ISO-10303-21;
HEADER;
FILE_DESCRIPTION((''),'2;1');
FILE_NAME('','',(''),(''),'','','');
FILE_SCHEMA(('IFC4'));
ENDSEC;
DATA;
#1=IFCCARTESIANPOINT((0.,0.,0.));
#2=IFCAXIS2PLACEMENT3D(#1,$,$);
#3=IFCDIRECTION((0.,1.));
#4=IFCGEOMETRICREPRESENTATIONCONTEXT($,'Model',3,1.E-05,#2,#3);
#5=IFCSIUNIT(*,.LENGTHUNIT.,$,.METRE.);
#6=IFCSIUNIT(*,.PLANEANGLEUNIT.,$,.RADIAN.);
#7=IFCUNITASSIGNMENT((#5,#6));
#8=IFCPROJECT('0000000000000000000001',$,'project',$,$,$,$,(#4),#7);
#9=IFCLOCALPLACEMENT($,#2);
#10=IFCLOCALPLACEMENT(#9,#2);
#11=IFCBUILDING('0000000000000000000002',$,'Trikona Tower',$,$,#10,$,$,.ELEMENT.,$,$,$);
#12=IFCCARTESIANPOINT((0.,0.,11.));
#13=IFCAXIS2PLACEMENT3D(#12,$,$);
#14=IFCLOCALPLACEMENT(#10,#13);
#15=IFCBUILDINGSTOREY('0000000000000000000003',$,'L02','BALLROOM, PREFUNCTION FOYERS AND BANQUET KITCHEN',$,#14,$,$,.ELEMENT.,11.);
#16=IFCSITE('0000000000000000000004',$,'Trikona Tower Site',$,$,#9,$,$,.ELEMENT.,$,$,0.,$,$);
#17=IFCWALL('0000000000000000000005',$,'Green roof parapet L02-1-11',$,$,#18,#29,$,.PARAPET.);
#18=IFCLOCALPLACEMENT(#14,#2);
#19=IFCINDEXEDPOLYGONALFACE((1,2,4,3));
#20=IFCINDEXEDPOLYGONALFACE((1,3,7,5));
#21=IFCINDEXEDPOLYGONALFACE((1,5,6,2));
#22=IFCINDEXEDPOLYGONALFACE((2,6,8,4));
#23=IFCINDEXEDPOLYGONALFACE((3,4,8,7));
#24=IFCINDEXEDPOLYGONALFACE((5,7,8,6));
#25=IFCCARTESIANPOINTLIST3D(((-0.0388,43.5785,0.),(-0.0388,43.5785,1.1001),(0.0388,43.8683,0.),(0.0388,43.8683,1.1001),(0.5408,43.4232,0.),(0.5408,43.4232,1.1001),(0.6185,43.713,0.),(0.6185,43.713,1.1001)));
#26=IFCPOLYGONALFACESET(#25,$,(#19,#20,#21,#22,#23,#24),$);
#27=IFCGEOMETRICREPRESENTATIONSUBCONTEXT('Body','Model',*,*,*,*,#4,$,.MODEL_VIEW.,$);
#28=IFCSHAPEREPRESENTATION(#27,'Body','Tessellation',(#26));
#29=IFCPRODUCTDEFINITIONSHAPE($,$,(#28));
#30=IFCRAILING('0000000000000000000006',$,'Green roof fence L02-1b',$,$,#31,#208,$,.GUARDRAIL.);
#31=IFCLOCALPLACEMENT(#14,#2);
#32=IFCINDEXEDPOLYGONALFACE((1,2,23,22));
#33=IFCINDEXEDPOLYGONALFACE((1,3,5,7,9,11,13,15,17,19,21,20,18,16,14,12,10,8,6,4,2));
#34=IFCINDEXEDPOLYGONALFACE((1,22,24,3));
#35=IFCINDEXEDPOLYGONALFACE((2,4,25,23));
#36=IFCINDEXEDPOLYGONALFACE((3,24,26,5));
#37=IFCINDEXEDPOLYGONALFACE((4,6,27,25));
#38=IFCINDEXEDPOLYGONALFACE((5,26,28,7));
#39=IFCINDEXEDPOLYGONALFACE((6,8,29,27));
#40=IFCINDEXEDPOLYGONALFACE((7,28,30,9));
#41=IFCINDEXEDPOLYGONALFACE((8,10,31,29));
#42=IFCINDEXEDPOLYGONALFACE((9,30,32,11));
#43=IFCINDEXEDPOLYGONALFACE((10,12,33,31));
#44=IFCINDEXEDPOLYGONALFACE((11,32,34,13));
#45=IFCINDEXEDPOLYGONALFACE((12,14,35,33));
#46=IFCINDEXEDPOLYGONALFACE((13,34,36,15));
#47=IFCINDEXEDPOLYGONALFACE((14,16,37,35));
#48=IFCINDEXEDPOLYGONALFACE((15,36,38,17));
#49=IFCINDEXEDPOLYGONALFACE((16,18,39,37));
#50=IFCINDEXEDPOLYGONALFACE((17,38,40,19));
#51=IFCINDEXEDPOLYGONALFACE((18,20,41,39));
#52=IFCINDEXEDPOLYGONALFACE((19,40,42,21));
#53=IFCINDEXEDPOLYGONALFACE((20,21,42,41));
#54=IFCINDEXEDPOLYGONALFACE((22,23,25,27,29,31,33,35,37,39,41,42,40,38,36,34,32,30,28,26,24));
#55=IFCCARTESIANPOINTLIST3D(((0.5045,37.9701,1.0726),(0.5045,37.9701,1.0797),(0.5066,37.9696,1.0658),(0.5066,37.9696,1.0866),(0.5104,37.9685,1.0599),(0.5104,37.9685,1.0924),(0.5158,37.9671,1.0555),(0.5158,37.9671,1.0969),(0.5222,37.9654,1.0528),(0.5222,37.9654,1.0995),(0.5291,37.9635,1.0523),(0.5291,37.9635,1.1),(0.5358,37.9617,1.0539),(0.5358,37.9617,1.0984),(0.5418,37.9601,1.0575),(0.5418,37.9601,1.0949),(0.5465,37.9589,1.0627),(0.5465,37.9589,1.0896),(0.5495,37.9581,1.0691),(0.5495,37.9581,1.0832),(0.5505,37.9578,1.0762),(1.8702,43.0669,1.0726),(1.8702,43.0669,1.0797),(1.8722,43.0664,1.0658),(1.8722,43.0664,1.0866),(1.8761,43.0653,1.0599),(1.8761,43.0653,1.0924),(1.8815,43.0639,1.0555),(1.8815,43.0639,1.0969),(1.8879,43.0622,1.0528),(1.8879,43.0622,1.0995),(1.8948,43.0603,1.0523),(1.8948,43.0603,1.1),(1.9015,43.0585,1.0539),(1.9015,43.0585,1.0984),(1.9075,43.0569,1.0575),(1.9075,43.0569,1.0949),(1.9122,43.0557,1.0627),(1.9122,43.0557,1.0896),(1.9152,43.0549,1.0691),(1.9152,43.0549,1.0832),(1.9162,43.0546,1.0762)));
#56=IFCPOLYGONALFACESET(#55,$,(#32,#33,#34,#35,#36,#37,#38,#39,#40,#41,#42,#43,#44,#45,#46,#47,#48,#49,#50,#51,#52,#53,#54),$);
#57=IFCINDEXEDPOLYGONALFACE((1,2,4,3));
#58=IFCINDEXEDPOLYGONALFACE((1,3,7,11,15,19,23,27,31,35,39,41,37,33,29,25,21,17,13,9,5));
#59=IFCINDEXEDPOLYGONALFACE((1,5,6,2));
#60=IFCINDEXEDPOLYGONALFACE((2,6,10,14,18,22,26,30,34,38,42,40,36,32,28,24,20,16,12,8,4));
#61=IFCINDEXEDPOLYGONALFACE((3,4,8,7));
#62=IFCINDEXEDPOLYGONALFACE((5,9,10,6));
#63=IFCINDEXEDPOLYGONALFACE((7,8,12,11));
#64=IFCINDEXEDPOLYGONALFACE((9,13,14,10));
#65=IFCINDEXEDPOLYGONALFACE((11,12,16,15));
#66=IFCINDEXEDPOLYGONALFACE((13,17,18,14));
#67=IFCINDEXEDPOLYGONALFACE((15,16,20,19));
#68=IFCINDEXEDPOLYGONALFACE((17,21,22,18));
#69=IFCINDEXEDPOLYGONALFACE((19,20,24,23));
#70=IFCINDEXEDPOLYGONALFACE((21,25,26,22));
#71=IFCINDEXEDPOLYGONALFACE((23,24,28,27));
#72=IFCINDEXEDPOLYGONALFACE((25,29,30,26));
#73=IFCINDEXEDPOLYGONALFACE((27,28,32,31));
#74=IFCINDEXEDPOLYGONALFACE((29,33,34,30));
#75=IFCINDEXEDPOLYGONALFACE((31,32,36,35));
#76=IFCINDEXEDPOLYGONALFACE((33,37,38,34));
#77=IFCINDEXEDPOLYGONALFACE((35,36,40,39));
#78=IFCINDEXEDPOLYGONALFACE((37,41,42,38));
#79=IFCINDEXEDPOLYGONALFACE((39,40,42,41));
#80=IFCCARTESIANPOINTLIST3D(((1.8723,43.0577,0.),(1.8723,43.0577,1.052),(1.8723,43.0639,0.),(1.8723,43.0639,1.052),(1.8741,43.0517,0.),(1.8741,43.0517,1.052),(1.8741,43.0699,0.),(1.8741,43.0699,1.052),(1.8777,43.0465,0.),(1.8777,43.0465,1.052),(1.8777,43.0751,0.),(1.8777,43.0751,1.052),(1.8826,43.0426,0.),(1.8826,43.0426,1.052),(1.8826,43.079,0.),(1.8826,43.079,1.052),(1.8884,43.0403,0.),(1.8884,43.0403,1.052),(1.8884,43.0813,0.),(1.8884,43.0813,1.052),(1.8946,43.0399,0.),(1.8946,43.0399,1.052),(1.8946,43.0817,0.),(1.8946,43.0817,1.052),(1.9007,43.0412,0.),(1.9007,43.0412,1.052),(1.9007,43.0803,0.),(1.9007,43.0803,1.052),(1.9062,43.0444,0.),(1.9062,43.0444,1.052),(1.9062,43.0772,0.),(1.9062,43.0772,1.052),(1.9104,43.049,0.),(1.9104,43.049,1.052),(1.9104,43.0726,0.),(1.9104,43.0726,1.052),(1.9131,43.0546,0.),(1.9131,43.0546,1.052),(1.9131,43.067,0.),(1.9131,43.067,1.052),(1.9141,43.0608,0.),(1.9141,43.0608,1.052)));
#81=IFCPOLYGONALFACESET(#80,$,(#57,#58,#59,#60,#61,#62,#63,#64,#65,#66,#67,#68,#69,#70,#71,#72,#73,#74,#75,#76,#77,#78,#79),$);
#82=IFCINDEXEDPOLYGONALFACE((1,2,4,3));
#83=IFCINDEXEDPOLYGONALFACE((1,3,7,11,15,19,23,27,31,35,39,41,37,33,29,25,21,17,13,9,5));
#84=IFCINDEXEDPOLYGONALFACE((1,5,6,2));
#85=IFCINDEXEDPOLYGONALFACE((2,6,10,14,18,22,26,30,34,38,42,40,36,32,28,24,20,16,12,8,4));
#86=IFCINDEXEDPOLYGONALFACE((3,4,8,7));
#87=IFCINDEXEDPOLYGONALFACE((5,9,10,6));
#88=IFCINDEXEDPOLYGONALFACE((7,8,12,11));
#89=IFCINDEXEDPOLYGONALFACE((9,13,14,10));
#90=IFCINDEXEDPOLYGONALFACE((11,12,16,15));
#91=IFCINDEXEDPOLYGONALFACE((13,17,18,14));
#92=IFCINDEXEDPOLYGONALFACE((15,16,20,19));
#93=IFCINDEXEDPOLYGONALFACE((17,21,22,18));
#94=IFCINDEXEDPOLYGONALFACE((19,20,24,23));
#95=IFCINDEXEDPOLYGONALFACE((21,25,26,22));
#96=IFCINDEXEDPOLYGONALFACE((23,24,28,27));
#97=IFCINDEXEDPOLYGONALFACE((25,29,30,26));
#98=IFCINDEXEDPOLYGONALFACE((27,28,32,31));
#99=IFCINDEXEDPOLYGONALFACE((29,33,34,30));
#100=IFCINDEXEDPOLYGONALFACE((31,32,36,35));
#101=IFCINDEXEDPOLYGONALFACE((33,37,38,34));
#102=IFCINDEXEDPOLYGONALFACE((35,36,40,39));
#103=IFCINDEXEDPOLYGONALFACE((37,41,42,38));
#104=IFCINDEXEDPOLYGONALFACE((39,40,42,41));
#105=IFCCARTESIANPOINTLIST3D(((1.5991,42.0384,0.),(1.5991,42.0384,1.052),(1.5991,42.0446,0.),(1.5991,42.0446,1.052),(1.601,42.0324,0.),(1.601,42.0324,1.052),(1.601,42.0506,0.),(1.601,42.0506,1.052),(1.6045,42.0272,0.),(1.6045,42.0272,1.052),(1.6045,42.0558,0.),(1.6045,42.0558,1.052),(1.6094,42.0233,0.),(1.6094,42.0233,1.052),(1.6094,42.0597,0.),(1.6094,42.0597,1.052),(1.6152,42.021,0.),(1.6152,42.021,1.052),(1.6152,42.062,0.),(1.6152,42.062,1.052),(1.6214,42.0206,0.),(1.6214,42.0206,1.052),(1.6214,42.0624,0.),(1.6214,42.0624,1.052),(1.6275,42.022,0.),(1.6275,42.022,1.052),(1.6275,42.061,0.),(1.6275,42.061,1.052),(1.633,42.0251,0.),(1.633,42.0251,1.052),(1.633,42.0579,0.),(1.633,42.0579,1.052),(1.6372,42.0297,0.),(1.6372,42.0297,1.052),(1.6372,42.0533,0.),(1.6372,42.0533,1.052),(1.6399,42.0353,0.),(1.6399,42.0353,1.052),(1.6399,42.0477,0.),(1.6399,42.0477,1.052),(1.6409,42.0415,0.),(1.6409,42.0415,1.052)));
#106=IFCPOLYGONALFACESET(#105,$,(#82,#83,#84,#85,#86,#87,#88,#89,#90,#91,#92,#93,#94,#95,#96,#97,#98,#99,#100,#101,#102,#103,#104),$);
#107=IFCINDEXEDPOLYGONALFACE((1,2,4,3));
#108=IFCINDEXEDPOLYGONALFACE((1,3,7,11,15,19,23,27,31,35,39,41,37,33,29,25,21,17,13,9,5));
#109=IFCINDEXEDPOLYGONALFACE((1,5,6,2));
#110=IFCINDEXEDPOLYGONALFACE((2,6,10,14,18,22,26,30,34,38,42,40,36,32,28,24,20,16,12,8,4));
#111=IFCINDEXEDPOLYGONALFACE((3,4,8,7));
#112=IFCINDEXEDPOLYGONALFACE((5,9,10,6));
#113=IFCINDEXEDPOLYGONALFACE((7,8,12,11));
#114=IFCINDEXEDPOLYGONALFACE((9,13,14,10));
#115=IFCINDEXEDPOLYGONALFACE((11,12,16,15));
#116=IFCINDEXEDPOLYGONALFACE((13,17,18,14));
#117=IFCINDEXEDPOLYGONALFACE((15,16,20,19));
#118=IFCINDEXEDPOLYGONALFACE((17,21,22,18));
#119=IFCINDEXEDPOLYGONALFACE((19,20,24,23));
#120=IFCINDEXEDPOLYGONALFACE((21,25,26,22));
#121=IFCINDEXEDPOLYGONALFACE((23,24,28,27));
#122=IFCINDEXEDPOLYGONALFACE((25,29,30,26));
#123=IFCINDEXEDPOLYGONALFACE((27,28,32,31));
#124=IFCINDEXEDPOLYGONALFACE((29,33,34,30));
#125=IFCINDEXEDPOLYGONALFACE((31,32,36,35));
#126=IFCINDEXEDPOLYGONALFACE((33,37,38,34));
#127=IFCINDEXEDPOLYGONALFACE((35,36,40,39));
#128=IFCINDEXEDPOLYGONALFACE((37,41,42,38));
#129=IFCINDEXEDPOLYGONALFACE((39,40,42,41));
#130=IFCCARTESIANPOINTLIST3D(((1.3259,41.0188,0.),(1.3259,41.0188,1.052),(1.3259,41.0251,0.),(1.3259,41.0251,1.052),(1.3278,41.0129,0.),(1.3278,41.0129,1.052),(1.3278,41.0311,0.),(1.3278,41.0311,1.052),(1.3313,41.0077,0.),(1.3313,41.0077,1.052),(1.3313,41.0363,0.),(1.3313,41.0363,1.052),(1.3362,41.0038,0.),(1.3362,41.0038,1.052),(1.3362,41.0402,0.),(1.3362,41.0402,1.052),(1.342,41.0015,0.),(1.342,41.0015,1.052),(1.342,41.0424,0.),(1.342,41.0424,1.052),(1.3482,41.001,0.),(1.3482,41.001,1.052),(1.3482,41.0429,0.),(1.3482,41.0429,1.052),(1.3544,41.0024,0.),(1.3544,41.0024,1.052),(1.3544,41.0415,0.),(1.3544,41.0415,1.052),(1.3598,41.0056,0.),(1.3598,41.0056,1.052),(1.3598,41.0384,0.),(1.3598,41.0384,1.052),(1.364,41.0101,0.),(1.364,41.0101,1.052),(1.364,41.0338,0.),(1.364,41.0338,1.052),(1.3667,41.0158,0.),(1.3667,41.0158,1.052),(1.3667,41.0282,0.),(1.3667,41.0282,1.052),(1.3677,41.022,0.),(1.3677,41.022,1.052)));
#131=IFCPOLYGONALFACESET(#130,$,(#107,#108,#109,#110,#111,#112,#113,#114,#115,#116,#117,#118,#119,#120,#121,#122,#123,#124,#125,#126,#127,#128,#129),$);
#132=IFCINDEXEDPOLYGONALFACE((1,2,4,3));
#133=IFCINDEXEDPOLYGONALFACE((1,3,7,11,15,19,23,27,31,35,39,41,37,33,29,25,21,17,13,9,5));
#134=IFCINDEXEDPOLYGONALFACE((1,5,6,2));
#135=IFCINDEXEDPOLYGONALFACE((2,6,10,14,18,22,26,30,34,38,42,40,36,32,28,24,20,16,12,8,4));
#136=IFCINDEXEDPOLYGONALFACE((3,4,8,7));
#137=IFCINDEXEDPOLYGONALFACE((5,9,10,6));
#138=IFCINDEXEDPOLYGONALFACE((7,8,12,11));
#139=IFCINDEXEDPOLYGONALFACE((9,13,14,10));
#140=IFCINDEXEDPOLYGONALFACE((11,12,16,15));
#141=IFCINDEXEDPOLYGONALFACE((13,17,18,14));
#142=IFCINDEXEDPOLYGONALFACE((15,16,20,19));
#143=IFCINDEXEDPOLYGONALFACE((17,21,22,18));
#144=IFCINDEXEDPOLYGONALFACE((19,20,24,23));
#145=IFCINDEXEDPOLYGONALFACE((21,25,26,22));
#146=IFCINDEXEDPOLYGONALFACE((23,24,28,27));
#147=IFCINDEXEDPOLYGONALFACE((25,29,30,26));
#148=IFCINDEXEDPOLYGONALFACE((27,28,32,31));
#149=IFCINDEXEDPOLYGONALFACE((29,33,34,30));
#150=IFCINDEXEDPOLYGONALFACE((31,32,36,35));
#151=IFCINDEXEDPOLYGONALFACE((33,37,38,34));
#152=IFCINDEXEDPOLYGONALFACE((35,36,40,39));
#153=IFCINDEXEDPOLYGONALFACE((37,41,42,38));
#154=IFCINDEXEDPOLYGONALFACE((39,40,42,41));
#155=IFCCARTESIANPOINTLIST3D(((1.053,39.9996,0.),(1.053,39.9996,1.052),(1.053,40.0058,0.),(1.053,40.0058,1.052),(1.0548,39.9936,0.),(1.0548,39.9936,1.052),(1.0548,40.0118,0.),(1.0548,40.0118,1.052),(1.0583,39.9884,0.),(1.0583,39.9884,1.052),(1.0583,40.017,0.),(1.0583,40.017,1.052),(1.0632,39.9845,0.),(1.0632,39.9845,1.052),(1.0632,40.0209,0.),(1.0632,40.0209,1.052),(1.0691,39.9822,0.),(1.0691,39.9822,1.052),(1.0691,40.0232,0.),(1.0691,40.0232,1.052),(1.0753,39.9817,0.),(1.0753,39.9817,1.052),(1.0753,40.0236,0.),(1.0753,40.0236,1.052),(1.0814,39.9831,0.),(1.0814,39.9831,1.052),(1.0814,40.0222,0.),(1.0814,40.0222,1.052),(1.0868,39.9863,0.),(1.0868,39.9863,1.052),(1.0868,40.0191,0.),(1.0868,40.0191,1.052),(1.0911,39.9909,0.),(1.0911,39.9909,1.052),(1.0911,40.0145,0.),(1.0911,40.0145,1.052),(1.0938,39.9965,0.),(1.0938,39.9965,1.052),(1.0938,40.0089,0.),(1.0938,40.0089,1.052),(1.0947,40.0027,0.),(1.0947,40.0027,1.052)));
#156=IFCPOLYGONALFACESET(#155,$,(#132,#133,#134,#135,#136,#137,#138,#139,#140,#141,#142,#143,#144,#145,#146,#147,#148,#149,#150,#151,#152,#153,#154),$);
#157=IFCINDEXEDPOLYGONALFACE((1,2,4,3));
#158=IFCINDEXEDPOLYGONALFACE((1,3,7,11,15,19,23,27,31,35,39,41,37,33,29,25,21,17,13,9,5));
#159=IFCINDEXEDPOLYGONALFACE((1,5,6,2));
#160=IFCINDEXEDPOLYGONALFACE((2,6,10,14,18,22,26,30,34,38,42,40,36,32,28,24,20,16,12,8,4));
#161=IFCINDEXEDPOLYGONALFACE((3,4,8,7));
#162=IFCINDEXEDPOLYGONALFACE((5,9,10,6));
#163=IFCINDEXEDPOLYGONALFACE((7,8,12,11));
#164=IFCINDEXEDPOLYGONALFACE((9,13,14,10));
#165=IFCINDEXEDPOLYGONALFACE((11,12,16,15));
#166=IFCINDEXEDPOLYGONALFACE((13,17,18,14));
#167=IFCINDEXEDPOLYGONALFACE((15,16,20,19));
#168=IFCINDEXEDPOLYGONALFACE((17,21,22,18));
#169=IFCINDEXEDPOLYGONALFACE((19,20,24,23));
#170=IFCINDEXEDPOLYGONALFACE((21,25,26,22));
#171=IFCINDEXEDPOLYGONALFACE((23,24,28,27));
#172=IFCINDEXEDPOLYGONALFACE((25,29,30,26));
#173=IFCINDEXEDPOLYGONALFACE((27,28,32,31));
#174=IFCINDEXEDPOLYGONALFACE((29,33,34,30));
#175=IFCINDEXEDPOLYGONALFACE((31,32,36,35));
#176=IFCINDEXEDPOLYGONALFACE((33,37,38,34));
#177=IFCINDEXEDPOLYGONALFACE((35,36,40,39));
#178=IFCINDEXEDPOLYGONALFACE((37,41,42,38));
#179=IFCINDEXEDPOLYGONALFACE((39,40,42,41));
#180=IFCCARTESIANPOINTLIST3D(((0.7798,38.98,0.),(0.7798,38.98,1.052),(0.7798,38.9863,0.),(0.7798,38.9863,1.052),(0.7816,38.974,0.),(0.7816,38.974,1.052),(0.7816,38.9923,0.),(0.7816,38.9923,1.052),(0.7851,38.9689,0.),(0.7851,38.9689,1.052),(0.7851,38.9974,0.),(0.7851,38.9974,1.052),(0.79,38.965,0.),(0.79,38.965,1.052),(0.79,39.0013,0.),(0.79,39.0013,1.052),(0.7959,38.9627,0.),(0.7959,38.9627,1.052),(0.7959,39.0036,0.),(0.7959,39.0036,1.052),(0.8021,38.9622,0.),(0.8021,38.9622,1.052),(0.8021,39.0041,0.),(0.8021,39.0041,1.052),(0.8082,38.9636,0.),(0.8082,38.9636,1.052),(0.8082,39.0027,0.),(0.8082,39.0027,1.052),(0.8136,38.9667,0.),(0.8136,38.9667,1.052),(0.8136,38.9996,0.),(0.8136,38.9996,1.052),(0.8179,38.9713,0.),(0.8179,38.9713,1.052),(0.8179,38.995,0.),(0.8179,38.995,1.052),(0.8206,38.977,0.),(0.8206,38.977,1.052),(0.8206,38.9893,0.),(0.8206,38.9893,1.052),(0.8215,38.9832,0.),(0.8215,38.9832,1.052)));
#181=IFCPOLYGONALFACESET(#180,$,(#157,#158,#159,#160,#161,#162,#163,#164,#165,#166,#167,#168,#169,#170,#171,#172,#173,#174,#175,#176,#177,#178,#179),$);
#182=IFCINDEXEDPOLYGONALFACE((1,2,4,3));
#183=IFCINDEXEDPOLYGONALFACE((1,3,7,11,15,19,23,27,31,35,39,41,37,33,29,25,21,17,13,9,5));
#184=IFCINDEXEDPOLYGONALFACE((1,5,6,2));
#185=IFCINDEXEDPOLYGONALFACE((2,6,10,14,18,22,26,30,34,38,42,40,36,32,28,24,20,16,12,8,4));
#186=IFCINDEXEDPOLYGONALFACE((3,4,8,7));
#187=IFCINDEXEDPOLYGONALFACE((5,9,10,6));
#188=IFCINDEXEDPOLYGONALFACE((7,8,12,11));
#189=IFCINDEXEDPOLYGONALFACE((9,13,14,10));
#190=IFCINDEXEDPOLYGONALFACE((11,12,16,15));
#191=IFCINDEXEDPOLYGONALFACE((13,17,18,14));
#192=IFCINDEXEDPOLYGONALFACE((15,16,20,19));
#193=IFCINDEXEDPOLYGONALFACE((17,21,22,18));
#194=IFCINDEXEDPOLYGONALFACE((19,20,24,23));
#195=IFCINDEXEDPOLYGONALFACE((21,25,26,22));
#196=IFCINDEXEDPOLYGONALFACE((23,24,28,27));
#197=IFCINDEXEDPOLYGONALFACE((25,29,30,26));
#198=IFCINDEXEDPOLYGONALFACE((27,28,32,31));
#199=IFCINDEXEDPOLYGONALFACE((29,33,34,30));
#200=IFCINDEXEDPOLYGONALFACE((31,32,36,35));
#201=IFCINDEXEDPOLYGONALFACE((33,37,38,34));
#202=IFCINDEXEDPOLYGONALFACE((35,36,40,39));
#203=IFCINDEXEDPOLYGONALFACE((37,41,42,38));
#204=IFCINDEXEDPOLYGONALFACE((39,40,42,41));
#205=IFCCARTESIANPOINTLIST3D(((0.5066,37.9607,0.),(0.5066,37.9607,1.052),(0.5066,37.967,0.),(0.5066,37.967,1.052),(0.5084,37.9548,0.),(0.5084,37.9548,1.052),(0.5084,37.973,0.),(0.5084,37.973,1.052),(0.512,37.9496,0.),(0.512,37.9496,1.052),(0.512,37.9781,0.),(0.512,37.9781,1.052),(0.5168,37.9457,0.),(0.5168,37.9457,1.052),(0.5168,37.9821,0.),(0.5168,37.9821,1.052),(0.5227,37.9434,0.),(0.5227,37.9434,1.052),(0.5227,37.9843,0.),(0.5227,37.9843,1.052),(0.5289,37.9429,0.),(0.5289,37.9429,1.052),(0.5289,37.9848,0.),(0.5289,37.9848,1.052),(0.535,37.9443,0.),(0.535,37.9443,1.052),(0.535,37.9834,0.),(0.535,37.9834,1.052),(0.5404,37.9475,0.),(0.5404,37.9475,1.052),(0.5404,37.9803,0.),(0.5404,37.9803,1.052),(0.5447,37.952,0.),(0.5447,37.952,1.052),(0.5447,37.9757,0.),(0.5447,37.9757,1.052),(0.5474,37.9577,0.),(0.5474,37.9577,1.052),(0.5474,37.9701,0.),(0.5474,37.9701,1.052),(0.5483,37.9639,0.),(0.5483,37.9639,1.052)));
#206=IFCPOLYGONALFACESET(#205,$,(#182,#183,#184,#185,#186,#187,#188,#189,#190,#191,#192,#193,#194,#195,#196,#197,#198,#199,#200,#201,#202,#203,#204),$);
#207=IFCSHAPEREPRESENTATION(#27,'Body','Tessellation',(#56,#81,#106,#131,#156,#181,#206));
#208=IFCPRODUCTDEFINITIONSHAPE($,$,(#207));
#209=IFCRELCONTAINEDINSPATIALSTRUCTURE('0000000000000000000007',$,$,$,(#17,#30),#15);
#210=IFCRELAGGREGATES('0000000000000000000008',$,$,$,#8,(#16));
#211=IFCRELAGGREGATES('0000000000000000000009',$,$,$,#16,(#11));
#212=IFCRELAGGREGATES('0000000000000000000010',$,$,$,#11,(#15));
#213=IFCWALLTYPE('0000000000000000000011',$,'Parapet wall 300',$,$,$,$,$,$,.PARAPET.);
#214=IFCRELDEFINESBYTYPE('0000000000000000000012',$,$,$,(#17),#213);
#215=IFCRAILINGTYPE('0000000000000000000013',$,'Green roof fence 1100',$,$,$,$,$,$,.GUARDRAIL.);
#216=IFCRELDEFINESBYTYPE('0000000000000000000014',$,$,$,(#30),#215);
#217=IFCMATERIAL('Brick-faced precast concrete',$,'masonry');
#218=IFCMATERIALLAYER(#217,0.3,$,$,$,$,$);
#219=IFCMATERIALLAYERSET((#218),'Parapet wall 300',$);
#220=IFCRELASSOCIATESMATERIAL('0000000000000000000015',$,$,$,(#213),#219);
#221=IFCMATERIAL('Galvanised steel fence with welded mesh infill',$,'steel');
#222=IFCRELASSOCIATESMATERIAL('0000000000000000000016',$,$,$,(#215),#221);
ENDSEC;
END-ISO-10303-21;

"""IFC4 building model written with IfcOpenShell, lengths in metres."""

from ifc_helpers import new_model, si_unit, direction, frame, frame_2d, origin, origin_2d, place, context, subcontext, project, spatial, rectangle, circle, extrude, material, layer, layer_set, type_object, element, save


model = new_model("IFC4")

# Units and contexts
model_context = context("Model", 3, precision=1e-05, world=origin(), true_north=direction((0.0, 1.0)))
body_context = subcontext(model_context, "Body", "Model", "MODEL_VIEW")
ifc_project = project(units=[si_unit("LENGTHUNIT", "METRE"), si_unit("PLANEANGLEUNIT", "RADIAN")], contexts=[model_context])

# Site, building, storey
site_placement = place(None, origin())
site = spatial("IfcSite", under=ifc_project, at=site_placement, Name="Trikona Tower Site", CompositionType="ELEMENT", RefElevation=0.0)
building_placement = place(site_placement, origin())
building = spatial("IfcBuilding", under=site, at=building_placement, Name="Trikona Tower", CompositionType="ELEMENT")
storey_placement = place(building_placement, frame((0.0, 0.0, 11.0)))
storey = spatial("IfcBuildingStorey", under=building, at=storey_placement, Name="L02", Description="BALLROOM, PREFUNCTION FOYERS AND BANQUET KITCHEN", CompositionType="ELEMENT", Elevation=11.0)

# Wall
ifc_material_1 = material(Name="Brick-faced precast concrete", Category="masonry")
ifc_layer_1 = layer(ifc_material_1, 0.3)
ifc_layer_set_1 = layer_set([ifc_layer_1], Name="Parapet wall 300")
wall_type_1 = type_object("IfcWallType", Name="Parapet wall 300", PredefinedType="PARAPET", material=ifc_layer_set_1)
wall_1_placement = place(storey_placement, frame((0.0, 43.7234, 0.0), z_axis=(0.0, 0.0, 1.0), x_axis=(0.965937, -0.258777, 0.0)))
element("IfcWall", 1, at=wall_1_placement, inside=storey, type_object=wall_type_1, Name="Green roof parapet L02-1-11", PredefinedType="PARAPET", context=body_context, shape_type="SweptSolid", body=[
    extrude(rectangle(XDim=0.6001, YDim=0.3, at=frame_2d((0.3, 0.0))), origin(), (0.0, 0.0, 1.0), 1.1001),
])

# Railing
ifc_material_2 = material(Name="Galvanised steel fence with welded mesh infill", Category="steel")
railing_type_1 = type_object("IfcRailingType", Name="Green roof fence 1100", PredefinedType="GUARDRAIL", material=ifc_material_2)
railing_1_placement = place(storey_placement, frame((1.8931, 43.0608, 0.0)))
element("IfcRailing", 2, at=railing_1_placement, inside=storey, type_object=railing_type_1, Name="Green roof fence L02-1b", PredefinedType="GUARDRAIL", context=body_context, shape_type="SweptSolid", body=[
    extrude(circle(Radius=0.0239, at=origin_2d()), frame((0.0, 0.0, 1.0762), z_axis=(-0.25882, -0.965926, 0.0), x_axis=(0.965926, -0.25882, 0.0)), (0.0, 0.0, 1.0), 5.2766),
    extrude(circle(Radius=0.021, at=origin_2d()), origin(), (0.0, 0.0, 1.0), 1.052),
    extrude(circle(Radius=0.021, at=origin_2d()), frame((-0.2732, -1.0193, 0.0)), (0.0, 0.0, 1.0), 1.052),
    extrude(circle(Radius=0.021, at=origin_2d()), frame((-0.5464, -2.0388, 0.0)), (0.0, 0.0, 1.0), 1.052),
    extrude(circle(Radius=0.021, at=origin_2d()), frame((-0.8193, -3.0581, 0.0)), (0.0, 0.0, 1.0), 1.052),
    extrude(circle(Radius=0.021, at=origin_2d()), frame((-1.0925, -4.0776, 0.0)), (0.0, 0.0, 1.0), 1.052),
    extrude(circle(Radius=0.021, at=origin_2d()), frame((-1.3657, -5.0969, 0.0)), (0.0, 0.0, 1.0), 1.052),
])

save(model, "model.ifc")
